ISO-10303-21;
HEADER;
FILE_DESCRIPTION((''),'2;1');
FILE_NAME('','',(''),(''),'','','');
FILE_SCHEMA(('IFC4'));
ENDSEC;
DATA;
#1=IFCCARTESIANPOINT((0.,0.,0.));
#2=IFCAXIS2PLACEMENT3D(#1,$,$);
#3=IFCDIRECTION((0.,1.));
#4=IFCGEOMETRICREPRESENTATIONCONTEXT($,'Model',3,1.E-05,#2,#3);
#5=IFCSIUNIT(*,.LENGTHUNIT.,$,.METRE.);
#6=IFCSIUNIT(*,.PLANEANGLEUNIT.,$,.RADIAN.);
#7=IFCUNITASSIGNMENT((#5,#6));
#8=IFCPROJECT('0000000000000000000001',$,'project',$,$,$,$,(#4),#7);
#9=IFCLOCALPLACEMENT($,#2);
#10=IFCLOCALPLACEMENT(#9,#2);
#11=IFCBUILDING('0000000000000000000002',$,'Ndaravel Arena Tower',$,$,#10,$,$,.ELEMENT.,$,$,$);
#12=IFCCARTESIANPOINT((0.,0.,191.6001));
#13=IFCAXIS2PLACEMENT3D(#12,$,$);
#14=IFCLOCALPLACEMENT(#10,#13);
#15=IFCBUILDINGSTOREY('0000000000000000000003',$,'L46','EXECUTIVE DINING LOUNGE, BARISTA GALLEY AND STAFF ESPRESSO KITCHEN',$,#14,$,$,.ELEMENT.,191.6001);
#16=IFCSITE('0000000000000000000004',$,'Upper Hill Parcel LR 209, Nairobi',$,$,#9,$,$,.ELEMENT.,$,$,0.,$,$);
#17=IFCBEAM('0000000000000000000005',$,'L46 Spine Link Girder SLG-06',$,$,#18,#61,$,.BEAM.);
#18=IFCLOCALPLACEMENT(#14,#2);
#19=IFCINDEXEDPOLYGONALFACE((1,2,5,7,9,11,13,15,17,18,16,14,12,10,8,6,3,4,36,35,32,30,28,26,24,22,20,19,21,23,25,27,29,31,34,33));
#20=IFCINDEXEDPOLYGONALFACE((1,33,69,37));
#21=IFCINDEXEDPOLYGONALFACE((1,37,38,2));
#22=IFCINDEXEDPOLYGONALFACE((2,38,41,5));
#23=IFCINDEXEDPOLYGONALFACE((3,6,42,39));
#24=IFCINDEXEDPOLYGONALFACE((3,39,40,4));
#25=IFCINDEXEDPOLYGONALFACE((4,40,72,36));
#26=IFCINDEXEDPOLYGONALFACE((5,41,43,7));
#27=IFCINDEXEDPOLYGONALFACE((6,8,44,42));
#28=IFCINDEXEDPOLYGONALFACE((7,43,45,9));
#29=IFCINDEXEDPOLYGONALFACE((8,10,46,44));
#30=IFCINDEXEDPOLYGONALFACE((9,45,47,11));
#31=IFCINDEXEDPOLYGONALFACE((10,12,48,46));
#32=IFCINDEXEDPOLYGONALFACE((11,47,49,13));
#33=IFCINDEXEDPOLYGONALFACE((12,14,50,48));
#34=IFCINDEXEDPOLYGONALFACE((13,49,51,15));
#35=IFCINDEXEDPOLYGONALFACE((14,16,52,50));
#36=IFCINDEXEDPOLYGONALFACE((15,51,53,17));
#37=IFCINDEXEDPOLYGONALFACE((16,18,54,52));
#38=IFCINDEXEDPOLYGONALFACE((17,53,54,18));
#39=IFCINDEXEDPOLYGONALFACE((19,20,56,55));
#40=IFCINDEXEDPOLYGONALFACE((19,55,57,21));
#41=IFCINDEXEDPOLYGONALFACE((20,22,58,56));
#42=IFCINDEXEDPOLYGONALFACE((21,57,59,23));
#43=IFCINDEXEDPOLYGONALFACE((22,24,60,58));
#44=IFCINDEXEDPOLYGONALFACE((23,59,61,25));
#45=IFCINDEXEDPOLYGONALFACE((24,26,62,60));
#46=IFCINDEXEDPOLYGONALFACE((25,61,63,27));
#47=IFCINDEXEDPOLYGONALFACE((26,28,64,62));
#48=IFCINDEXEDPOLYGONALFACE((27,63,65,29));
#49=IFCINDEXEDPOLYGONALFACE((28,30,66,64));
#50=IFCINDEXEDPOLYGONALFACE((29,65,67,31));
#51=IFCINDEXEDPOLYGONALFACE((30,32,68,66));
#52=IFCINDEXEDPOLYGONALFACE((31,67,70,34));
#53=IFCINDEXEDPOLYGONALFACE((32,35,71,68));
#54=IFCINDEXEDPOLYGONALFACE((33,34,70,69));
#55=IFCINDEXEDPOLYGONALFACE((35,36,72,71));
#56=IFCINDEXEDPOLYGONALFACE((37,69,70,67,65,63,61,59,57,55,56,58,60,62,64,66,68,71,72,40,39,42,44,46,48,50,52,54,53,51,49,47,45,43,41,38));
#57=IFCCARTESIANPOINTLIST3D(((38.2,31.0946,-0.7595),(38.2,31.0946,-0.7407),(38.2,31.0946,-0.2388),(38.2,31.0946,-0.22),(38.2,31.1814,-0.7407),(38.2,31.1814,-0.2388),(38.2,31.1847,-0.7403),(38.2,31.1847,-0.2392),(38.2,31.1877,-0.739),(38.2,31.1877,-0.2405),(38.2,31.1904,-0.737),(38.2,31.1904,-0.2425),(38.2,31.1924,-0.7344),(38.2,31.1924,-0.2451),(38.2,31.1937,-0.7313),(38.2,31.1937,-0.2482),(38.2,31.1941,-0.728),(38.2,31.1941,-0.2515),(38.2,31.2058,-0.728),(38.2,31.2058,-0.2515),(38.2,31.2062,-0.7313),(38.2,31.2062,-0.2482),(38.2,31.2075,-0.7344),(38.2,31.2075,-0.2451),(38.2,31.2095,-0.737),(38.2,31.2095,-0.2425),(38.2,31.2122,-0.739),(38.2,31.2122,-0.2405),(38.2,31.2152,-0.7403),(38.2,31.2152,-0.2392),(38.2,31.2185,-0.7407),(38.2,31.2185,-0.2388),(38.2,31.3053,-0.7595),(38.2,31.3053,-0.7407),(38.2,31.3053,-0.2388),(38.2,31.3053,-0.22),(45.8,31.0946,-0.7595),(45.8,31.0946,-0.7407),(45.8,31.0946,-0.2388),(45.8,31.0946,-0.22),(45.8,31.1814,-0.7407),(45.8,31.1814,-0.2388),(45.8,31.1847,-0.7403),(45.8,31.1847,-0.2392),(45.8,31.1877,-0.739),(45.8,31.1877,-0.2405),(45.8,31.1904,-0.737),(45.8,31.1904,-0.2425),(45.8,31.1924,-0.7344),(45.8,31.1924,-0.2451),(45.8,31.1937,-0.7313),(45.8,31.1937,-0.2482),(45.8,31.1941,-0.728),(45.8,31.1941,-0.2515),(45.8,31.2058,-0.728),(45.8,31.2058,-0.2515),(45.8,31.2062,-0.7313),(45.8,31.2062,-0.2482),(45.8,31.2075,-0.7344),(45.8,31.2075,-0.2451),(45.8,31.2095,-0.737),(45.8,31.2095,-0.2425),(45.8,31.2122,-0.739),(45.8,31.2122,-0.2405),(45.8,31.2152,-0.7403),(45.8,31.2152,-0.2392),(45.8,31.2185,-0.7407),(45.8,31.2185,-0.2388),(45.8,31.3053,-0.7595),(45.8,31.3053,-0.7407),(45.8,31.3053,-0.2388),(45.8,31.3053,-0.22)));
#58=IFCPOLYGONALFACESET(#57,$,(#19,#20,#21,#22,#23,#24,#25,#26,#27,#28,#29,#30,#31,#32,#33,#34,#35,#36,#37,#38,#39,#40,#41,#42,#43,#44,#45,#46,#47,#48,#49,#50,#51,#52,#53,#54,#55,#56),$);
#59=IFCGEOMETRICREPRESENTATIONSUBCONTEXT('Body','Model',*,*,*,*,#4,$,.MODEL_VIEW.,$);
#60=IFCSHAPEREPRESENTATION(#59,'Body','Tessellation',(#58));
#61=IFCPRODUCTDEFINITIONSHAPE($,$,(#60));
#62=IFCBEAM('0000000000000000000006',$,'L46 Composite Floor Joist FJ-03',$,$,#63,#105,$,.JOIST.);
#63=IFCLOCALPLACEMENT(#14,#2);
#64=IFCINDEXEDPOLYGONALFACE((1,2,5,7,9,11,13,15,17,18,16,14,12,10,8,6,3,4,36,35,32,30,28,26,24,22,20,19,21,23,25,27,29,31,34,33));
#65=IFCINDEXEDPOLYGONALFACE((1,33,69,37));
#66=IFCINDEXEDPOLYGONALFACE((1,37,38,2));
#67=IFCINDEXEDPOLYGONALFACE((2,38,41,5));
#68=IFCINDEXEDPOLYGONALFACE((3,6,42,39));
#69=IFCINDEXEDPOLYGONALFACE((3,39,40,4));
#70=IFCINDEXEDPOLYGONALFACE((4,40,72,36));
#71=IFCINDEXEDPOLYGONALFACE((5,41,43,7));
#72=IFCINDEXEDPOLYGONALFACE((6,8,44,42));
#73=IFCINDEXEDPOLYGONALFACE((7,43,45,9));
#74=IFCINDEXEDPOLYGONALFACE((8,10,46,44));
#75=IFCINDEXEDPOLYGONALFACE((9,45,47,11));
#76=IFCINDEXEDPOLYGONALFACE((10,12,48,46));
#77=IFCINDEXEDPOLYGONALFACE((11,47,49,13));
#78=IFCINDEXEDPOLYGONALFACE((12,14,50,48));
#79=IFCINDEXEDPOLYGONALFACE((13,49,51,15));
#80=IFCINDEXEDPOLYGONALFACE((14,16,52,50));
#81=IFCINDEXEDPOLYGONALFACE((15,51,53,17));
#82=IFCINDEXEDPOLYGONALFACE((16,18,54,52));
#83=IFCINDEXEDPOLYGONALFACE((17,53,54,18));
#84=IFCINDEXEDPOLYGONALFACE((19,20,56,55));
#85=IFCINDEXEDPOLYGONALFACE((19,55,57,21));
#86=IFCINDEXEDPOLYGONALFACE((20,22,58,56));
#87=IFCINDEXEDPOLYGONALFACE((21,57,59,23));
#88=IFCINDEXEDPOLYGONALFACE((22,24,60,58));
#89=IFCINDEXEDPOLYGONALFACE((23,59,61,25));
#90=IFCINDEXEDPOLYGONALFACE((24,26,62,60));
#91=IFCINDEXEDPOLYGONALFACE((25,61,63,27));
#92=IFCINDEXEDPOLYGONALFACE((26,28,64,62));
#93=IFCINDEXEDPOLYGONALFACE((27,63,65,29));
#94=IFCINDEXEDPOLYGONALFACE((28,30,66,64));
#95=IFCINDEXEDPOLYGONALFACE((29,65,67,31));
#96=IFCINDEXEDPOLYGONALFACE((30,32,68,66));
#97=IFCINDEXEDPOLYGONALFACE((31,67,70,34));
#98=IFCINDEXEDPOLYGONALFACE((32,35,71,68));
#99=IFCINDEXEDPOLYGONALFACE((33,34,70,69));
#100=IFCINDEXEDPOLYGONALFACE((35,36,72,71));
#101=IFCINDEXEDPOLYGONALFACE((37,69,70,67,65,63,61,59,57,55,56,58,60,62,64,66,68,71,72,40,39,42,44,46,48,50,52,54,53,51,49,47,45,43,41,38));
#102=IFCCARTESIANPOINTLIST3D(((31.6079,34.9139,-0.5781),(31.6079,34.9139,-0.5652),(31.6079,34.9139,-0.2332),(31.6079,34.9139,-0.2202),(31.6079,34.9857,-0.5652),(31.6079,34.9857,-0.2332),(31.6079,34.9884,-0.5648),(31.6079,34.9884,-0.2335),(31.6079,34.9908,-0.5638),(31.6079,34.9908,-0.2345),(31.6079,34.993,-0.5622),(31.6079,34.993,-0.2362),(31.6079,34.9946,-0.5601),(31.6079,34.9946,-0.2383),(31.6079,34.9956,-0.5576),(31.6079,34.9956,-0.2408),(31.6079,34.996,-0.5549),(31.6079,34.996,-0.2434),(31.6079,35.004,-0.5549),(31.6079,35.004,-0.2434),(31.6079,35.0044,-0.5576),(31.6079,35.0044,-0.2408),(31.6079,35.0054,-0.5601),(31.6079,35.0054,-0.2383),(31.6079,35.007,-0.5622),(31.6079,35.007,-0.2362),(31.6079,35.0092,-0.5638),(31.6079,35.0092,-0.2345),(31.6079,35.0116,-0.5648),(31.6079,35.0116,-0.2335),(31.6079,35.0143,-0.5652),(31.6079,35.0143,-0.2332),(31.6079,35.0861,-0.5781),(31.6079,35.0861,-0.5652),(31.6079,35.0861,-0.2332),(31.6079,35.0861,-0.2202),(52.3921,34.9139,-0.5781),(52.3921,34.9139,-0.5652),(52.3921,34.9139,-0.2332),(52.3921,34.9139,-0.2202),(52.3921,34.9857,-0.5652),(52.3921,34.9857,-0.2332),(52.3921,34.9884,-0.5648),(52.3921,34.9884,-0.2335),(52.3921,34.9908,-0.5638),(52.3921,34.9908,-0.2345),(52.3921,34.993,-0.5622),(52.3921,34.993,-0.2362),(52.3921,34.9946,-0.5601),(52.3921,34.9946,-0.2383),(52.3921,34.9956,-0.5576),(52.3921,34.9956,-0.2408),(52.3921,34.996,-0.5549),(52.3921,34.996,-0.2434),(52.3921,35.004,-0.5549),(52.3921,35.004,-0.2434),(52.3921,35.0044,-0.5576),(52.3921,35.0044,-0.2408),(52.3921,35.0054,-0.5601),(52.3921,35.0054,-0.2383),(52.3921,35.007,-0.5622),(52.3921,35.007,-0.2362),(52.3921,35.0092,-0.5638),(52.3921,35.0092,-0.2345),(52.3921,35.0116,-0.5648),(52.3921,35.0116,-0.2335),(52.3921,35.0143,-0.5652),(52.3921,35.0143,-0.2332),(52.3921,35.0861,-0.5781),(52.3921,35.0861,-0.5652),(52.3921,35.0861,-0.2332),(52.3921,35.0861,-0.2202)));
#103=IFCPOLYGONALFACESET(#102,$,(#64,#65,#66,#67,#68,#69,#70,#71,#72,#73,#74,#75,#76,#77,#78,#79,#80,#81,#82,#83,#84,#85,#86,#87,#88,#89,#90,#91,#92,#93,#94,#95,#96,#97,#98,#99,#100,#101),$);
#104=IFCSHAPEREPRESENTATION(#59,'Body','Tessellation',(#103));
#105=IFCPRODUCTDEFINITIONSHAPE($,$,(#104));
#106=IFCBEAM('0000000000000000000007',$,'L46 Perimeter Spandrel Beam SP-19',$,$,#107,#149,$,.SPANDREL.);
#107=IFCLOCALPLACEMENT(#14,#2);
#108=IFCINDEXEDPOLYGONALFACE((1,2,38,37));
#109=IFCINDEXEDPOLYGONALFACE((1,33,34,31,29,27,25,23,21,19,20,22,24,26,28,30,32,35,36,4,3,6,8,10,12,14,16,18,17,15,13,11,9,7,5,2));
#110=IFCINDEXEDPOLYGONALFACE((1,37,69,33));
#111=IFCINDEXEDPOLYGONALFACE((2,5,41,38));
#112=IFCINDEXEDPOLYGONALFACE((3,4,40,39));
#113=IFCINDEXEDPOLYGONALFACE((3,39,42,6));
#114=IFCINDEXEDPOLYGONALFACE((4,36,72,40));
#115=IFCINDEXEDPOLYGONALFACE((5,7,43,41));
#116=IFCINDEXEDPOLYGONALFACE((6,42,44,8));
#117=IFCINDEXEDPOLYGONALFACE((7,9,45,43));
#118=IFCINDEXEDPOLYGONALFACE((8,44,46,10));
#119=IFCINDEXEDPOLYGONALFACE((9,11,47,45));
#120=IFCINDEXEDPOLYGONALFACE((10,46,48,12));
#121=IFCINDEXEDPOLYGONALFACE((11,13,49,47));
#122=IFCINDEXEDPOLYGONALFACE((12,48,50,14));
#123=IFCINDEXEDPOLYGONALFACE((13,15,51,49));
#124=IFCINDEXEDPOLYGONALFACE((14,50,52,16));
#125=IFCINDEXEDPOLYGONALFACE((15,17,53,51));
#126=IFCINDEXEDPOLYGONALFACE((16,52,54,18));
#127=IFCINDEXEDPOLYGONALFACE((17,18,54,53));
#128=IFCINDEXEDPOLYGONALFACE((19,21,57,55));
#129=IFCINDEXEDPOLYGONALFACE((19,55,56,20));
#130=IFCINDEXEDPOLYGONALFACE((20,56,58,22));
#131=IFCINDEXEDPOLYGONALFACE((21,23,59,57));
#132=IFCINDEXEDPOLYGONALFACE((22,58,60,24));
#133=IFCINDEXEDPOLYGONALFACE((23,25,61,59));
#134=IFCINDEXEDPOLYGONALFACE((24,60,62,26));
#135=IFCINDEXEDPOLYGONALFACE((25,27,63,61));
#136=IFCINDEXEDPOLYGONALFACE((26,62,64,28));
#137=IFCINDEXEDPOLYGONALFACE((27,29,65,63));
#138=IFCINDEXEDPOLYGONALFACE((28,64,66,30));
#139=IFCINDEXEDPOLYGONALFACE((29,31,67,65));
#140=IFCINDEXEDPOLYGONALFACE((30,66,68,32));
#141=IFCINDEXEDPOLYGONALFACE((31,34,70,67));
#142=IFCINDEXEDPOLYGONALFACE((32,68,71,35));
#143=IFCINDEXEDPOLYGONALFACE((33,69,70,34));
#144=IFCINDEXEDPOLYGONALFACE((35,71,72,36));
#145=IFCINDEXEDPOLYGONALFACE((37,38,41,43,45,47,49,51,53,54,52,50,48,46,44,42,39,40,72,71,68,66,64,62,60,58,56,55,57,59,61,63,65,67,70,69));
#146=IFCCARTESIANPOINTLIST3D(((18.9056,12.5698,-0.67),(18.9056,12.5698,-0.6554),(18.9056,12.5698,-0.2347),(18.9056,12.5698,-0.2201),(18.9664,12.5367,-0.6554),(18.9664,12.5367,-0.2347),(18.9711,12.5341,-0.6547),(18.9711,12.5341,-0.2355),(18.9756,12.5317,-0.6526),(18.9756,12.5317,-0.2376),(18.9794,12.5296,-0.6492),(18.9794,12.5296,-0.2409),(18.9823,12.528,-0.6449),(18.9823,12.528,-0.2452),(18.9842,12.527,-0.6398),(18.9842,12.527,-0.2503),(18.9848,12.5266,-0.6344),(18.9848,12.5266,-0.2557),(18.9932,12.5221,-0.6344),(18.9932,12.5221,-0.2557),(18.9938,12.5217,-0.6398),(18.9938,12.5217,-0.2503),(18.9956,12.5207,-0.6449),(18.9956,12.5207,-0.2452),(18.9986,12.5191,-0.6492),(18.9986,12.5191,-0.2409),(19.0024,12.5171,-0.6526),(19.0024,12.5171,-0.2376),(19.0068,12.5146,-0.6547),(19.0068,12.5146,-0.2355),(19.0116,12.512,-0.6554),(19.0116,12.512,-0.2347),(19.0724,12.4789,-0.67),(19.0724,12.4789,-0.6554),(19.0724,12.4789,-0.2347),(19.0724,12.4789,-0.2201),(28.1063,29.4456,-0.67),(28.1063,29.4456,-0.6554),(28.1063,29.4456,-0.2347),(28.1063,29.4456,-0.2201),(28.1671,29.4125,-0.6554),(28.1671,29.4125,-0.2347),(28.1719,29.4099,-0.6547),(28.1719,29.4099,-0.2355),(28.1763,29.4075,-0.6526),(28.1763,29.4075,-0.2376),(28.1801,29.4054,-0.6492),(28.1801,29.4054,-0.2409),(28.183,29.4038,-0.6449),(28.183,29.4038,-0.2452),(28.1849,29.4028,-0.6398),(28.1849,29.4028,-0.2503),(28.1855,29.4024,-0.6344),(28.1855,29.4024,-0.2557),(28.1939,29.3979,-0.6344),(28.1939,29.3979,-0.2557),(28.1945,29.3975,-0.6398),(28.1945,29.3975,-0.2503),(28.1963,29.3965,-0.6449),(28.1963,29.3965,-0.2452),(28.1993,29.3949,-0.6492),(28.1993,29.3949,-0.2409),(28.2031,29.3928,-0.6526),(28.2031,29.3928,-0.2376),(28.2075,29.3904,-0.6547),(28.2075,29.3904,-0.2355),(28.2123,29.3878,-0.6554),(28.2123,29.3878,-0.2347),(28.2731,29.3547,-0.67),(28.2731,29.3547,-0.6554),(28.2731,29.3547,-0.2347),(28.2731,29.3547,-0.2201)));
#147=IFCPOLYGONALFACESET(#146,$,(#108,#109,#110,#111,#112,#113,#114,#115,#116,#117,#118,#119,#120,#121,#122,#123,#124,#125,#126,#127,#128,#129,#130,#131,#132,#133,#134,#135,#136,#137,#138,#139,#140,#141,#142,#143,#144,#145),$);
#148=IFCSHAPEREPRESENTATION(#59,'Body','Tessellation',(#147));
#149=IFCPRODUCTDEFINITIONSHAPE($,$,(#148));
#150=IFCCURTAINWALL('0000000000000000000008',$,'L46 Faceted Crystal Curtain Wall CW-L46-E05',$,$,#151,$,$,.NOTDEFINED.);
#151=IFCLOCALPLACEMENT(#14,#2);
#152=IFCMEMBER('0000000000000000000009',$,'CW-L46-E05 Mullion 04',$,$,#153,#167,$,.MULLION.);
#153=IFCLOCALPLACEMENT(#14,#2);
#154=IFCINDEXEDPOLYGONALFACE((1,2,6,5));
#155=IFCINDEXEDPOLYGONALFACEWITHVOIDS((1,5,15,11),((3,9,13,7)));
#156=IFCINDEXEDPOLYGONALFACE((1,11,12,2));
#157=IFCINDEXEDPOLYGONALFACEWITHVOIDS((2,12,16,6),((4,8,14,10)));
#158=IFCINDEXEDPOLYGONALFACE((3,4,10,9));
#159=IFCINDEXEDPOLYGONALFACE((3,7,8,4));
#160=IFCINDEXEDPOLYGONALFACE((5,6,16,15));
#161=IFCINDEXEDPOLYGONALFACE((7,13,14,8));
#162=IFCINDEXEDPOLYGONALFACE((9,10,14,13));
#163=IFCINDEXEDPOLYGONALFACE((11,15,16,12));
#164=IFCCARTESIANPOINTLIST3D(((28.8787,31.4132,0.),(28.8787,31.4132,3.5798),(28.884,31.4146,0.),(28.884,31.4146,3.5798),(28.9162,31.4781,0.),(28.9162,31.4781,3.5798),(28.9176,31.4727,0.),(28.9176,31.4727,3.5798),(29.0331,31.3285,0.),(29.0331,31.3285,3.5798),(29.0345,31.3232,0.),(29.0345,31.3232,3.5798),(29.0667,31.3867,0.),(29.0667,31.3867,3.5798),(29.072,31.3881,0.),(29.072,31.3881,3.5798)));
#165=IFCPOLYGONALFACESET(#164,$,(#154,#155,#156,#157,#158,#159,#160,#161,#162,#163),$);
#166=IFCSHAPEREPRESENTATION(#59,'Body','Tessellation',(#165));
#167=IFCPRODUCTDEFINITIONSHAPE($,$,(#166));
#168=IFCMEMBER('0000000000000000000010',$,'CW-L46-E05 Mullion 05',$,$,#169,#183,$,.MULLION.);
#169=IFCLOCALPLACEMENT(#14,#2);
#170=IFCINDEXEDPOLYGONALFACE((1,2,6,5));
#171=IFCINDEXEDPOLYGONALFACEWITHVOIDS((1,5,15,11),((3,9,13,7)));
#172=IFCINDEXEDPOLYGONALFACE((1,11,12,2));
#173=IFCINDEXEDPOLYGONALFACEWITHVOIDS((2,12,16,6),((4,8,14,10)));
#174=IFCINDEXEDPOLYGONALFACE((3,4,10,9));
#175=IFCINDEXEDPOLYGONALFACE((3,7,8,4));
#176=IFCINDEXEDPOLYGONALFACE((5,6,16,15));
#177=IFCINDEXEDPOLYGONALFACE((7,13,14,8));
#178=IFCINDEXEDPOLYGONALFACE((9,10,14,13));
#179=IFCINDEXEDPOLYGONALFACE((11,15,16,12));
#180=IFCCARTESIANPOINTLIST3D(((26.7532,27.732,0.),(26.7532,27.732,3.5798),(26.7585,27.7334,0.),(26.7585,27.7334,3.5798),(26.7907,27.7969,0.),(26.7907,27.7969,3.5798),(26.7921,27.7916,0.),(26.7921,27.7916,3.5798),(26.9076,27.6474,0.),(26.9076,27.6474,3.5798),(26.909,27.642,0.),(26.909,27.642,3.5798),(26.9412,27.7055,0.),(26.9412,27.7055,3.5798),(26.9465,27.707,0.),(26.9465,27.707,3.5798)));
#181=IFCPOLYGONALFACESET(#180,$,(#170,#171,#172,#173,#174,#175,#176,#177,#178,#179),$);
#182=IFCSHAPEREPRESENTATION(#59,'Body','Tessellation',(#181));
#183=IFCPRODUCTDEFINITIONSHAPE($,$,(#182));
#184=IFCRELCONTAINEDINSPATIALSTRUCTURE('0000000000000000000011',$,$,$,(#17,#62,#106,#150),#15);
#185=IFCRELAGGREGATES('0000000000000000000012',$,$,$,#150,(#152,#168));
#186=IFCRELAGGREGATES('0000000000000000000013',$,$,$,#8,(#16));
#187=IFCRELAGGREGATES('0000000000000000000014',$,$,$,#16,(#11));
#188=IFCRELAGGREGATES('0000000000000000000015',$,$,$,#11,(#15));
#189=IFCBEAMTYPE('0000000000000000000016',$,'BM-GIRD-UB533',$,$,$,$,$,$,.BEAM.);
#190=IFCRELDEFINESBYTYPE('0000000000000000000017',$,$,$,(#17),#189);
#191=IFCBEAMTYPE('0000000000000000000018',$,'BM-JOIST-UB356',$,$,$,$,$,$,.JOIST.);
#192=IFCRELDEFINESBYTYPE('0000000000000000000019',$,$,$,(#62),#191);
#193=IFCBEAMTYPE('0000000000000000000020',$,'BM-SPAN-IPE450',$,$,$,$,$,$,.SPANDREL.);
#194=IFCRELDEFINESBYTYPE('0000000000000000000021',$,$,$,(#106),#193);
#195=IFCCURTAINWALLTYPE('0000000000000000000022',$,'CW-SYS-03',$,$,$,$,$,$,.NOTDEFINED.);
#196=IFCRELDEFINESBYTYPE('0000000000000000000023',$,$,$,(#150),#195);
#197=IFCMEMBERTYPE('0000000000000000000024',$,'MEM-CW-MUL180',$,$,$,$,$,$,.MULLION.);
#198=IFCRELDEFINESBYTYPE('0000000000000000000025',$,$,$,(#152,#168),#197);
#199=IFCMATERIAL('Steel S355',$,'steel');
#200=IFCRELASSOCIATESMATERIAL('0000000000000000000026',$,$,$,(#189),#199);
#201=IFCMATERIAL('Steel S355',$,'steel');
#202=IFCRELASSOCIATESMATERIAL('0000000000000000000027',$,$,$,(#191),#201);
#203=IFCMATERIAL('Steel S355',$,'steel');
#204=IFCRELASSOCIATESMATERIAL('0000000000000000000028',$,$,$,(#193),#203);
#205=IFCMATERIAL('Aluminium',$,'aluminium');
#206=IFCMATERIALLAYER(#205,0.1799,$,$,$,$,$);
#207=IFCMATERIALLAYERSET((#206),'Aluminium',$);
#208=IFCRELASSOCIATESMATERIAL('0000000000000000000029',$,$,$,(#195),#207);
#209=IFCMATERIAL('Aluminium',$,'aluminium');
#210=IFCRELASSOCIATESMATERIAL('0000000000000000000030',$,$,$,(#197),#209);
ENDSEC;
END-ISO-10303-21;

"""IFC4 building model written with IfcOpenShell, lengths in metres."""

from ifc_helpers import new_model, si_unit, direction, frame, origin, origin_2d, place, context, subcontext, project, spatial, hollow_rectangle, i_section, extrude, material, layer, layer_set, material_profile, profile_set, type_object, element, aggregate, save


model = new_model("IFC4")

# Units and contexts
model_context = context("Model", 3, precision=1e-05, world=origin(), true_north=direction((0.0, 1.0)))
body_context = subcontext(model_context, "Body", "Model", "MODEL_VIEW")
ifc_project = project(units=[si_unit("LENGTHUNIT", "METRE"), si_unit("PLANEANGLEUNIT", "RADIAN")], contexts=[model_context])

# Site, building, storey
site_placement = place(None, origin())
site = spatial("IfcSite", under=ifc_project, at=site_placement, Name="Upper Hill Parcel LR 209, Nairobi", CompositionType="ELEMENT", RefElevation=0.0)
building_placement = place(site_placement, origin())
building = spatial("IfcBuilding", under=site, at=building_placement, Name="Ndaravel Arena Tower", CompositionType="ELEMENT")
storey_placement = place(building_placement, frame((0.0, 0.0, 191.6001)))
storey = spatial("IfcBuildingStorey", under=building, at=storey_placement, Name="L46", Description="EXECUTIVE DINING LOUNGE, BARISTA GALLEY AND STAFF ESPRESSO KITCHEN", CompositionType="ELEMENT", Elevation=191.6001)

# Beams
ifc_material_1 = material(Name="Steel S355", Category="steel")
ifc_material_profile_1 = material_profile(ifc_material_1, i_section(OverallWidth=0.2107, OverallDepth=0.5396, WebThickness=0.0117, FlangeThickness=0.0188, FilletRadius=0.0127, at=origin_2d()), Name="UB 533x210x109")
ifc_profile_set_1 = profile_set([ifc_material_profile_1], Name="Steel S355")
beam_type_1 = type_object("IfcBeamType", Name="BM-GIRD-UB533", PredefinedType="BEAM", material=ifc_profile_set_1)
beam_1_placement = place(storey_placement, frame((38.2, 31.2, -0.4897), z_axis=(1.0, 0.0, 0.0), x_axis=(0.0, 1.0, 0.0)))
element("IfcBeam", 1, at=beam_1_placement, inside=storey, type_object=beam_type_1, Name="L46 Spine Link Girder SLG-06", PredefinedType="BEAM", context=body_context, shape_type="SweptSolid", body=[
    extrude(i_section(OverallWidth=0.2107, OverallDepth=0.5396, WebThickness=0.0117, FlangeThickness=0.0188, FilletRadius=0.0127, at=origin_2d()), origin(), (0.0, 0.0, 1.0), 7.6001),
])
ifc_material_2 = material(Name="Steel S355", Category="steel")
ifc_material_profile_2 = material_profile(ifc_material_2, i_section(OverallWidth=0.1721, OverallDepth=0.3579, WebThickness=0.0081, FlangeThickness=0.0129, FilletRadius=0.0103, at=origin_2d()), Name="UB 356x171x57")
ifc_profile_set_2 = profile_set([ifc_material_profile_2], Name="Steel S355")
beam_type_2 = type_object("IfcBeamType", Name="BM-JOIST-UB356", PredefinedType="JOIST", material=ifc_profile_set_2)
beam_2_placement = place(storey_placement, frame((31.6079, 35.0, -0.3992), z_axis=(1.0, 0.0, 0.0), x_axis=(0.0, 1.0, 0.0)))
element("IfcBeam", 2, at=beam_2_placement, inside=storey, type_object=beam_type_2, Name="L46 Composite Floor Joist FJ-03", PredefinedType="JOIST", context=body_context, shape_type="SweptSolid", body=[
    extrude(i_section(OverallWidth=0.1721, OverallDepth=0.3579, WebThickness=0.0081, FlangeThickness=0.0129, FilletRadius=0.0103, at=origin_2d()), origin(), (0.0, 0.0, 1.0), 20.7842),
])
ifc_material_3 = material(Name="Steel S355", Category="steel")
ifc_material_profile_3 = material_profile(ifc_material_3, i_section(OverallWidth=0.1899, OverallDepth=0.45, WebThickness=0.0095, FlangeThickness=0.0146, FilletRadius=0.021, at=origin_2d()), Name="IPE 450")
ifc_profile_set_3 = profile_set([ifc_material_profile_3], Name="Steel S355")
beam_type_3 = type_object("IfcBeamType", Name="BM-SPAN-IPE450", PredefinedType="SPANDREL", material=ifc_profile_set_3)
beam_3_placement = place(storey_placement, frame((28.1897, 29.4001, -0.4451), z_axis=(-0.478681, -0.877989, 0.0), x_axis=(0.877989, -0.478681, 0.0)))
element("IfcBeam", 3, at=beam_3_placement, inside=storey, type_object=beam_type_3, Name="L46 Perimeter Spandrel Beam SP-19", PredefinedType="SPANDREL", context=body_context, shape_type="SweptSolid", body=[
    extrude(i_section(OverallWidth=0.1899, OverallDepth=0.45, WebThickness=0.0095, FlangeThickness=0.0146, FilletRadius=0.021, at=origin_2d()), origin(), (0.0, 0.0, 1.0), 19.2209),
])

# Curtain wall, members
ifc_material_4 = material(Name="Aluminium", Category="aluminium")
ifc_layer_1 = layer(ifc_material_4, 0.1799)
ifc_layer_set_1 = layer_set([ifc_layer_1], Name="Aluminium")
curtain_wall_type = type_object("IfcCurtainWallType", Name="CW-SYS-03", PredefinedType="NOTDEFINED", material=ifc_layer_set_1)
curtain_wall_placement = place(storey_placement, origin())
curtain_wall = element("IfcCurtainWall", 4, at=curtain_wall_placement, inside=storey, type_object=curtain_wall_type, Name="L46 Faceted Crystal Curtain Wall CW-L46-E05", PredefinedType="NOTDEFINED")
ifc_material_5 = material(Name="Aluminium", Category="aluminium")
ifc_material_profile_4 = material_profile(ifc_material_5, hollow_rectangle(XDim=0.075, YDim=0.1799, WallThickness=0.0039, at=origin_2d()), Name="CW MULLION 75x180x4")
ifc_profile_set_4 = profile_set([ifc_material_profile_4], Name="Aluminium")
member_type = type_object("IfcMemberType", Name="MEM-CW-MUL180", PredefinedType="MULLION", material=ifc_profile_set_4)
member_1_placement = place(storey_placement, frame((28.9753, 31.4006, 0.0), z_axis=(0.0, 0.0, 1.0), x_axis=(-0.5, -0.866025, 0.0)))
member_1 = element("IfcMember", 5, at=member_1_placement, type_object=member_type, Name="CW-L46-E05 Mullion 04", PredefinedType="MULLION", context=body_context, shape_type="SweptSolid", body=[
    extrude(hollow_rectangle(XDim=0.075, YDim=0.1799, WallThickness=0.0039, at=origin_2d()), origin(), (0.0, 0.0, 1.0), 3.5798),
])
member_2_placement = place(storey_placement, frame((26.8499, 27.7195, 0.0), z_axis=(0.0, 0.0, 1.0), x_axis=(-0.5, -0.866025, 0.0)))
member_2 = element("IfcMember", 6, at=member_2_placement, type_object=member_type, Name="CW-L46-E05 Mullion 05", PredefinedType="MULLION", context=body_context, shape_type="SweptSolid", body=[
    extrude(hollow_rectangle(XDim=0.075, YDim=0.1799, WallThickness=0.0039, at=origin_2d()), origin(), (0.0, 0.0, 1.0), 3.5798),
])
aggregate(curtain_wall, [member_1, member_2])

save(model, "model.ifc")
